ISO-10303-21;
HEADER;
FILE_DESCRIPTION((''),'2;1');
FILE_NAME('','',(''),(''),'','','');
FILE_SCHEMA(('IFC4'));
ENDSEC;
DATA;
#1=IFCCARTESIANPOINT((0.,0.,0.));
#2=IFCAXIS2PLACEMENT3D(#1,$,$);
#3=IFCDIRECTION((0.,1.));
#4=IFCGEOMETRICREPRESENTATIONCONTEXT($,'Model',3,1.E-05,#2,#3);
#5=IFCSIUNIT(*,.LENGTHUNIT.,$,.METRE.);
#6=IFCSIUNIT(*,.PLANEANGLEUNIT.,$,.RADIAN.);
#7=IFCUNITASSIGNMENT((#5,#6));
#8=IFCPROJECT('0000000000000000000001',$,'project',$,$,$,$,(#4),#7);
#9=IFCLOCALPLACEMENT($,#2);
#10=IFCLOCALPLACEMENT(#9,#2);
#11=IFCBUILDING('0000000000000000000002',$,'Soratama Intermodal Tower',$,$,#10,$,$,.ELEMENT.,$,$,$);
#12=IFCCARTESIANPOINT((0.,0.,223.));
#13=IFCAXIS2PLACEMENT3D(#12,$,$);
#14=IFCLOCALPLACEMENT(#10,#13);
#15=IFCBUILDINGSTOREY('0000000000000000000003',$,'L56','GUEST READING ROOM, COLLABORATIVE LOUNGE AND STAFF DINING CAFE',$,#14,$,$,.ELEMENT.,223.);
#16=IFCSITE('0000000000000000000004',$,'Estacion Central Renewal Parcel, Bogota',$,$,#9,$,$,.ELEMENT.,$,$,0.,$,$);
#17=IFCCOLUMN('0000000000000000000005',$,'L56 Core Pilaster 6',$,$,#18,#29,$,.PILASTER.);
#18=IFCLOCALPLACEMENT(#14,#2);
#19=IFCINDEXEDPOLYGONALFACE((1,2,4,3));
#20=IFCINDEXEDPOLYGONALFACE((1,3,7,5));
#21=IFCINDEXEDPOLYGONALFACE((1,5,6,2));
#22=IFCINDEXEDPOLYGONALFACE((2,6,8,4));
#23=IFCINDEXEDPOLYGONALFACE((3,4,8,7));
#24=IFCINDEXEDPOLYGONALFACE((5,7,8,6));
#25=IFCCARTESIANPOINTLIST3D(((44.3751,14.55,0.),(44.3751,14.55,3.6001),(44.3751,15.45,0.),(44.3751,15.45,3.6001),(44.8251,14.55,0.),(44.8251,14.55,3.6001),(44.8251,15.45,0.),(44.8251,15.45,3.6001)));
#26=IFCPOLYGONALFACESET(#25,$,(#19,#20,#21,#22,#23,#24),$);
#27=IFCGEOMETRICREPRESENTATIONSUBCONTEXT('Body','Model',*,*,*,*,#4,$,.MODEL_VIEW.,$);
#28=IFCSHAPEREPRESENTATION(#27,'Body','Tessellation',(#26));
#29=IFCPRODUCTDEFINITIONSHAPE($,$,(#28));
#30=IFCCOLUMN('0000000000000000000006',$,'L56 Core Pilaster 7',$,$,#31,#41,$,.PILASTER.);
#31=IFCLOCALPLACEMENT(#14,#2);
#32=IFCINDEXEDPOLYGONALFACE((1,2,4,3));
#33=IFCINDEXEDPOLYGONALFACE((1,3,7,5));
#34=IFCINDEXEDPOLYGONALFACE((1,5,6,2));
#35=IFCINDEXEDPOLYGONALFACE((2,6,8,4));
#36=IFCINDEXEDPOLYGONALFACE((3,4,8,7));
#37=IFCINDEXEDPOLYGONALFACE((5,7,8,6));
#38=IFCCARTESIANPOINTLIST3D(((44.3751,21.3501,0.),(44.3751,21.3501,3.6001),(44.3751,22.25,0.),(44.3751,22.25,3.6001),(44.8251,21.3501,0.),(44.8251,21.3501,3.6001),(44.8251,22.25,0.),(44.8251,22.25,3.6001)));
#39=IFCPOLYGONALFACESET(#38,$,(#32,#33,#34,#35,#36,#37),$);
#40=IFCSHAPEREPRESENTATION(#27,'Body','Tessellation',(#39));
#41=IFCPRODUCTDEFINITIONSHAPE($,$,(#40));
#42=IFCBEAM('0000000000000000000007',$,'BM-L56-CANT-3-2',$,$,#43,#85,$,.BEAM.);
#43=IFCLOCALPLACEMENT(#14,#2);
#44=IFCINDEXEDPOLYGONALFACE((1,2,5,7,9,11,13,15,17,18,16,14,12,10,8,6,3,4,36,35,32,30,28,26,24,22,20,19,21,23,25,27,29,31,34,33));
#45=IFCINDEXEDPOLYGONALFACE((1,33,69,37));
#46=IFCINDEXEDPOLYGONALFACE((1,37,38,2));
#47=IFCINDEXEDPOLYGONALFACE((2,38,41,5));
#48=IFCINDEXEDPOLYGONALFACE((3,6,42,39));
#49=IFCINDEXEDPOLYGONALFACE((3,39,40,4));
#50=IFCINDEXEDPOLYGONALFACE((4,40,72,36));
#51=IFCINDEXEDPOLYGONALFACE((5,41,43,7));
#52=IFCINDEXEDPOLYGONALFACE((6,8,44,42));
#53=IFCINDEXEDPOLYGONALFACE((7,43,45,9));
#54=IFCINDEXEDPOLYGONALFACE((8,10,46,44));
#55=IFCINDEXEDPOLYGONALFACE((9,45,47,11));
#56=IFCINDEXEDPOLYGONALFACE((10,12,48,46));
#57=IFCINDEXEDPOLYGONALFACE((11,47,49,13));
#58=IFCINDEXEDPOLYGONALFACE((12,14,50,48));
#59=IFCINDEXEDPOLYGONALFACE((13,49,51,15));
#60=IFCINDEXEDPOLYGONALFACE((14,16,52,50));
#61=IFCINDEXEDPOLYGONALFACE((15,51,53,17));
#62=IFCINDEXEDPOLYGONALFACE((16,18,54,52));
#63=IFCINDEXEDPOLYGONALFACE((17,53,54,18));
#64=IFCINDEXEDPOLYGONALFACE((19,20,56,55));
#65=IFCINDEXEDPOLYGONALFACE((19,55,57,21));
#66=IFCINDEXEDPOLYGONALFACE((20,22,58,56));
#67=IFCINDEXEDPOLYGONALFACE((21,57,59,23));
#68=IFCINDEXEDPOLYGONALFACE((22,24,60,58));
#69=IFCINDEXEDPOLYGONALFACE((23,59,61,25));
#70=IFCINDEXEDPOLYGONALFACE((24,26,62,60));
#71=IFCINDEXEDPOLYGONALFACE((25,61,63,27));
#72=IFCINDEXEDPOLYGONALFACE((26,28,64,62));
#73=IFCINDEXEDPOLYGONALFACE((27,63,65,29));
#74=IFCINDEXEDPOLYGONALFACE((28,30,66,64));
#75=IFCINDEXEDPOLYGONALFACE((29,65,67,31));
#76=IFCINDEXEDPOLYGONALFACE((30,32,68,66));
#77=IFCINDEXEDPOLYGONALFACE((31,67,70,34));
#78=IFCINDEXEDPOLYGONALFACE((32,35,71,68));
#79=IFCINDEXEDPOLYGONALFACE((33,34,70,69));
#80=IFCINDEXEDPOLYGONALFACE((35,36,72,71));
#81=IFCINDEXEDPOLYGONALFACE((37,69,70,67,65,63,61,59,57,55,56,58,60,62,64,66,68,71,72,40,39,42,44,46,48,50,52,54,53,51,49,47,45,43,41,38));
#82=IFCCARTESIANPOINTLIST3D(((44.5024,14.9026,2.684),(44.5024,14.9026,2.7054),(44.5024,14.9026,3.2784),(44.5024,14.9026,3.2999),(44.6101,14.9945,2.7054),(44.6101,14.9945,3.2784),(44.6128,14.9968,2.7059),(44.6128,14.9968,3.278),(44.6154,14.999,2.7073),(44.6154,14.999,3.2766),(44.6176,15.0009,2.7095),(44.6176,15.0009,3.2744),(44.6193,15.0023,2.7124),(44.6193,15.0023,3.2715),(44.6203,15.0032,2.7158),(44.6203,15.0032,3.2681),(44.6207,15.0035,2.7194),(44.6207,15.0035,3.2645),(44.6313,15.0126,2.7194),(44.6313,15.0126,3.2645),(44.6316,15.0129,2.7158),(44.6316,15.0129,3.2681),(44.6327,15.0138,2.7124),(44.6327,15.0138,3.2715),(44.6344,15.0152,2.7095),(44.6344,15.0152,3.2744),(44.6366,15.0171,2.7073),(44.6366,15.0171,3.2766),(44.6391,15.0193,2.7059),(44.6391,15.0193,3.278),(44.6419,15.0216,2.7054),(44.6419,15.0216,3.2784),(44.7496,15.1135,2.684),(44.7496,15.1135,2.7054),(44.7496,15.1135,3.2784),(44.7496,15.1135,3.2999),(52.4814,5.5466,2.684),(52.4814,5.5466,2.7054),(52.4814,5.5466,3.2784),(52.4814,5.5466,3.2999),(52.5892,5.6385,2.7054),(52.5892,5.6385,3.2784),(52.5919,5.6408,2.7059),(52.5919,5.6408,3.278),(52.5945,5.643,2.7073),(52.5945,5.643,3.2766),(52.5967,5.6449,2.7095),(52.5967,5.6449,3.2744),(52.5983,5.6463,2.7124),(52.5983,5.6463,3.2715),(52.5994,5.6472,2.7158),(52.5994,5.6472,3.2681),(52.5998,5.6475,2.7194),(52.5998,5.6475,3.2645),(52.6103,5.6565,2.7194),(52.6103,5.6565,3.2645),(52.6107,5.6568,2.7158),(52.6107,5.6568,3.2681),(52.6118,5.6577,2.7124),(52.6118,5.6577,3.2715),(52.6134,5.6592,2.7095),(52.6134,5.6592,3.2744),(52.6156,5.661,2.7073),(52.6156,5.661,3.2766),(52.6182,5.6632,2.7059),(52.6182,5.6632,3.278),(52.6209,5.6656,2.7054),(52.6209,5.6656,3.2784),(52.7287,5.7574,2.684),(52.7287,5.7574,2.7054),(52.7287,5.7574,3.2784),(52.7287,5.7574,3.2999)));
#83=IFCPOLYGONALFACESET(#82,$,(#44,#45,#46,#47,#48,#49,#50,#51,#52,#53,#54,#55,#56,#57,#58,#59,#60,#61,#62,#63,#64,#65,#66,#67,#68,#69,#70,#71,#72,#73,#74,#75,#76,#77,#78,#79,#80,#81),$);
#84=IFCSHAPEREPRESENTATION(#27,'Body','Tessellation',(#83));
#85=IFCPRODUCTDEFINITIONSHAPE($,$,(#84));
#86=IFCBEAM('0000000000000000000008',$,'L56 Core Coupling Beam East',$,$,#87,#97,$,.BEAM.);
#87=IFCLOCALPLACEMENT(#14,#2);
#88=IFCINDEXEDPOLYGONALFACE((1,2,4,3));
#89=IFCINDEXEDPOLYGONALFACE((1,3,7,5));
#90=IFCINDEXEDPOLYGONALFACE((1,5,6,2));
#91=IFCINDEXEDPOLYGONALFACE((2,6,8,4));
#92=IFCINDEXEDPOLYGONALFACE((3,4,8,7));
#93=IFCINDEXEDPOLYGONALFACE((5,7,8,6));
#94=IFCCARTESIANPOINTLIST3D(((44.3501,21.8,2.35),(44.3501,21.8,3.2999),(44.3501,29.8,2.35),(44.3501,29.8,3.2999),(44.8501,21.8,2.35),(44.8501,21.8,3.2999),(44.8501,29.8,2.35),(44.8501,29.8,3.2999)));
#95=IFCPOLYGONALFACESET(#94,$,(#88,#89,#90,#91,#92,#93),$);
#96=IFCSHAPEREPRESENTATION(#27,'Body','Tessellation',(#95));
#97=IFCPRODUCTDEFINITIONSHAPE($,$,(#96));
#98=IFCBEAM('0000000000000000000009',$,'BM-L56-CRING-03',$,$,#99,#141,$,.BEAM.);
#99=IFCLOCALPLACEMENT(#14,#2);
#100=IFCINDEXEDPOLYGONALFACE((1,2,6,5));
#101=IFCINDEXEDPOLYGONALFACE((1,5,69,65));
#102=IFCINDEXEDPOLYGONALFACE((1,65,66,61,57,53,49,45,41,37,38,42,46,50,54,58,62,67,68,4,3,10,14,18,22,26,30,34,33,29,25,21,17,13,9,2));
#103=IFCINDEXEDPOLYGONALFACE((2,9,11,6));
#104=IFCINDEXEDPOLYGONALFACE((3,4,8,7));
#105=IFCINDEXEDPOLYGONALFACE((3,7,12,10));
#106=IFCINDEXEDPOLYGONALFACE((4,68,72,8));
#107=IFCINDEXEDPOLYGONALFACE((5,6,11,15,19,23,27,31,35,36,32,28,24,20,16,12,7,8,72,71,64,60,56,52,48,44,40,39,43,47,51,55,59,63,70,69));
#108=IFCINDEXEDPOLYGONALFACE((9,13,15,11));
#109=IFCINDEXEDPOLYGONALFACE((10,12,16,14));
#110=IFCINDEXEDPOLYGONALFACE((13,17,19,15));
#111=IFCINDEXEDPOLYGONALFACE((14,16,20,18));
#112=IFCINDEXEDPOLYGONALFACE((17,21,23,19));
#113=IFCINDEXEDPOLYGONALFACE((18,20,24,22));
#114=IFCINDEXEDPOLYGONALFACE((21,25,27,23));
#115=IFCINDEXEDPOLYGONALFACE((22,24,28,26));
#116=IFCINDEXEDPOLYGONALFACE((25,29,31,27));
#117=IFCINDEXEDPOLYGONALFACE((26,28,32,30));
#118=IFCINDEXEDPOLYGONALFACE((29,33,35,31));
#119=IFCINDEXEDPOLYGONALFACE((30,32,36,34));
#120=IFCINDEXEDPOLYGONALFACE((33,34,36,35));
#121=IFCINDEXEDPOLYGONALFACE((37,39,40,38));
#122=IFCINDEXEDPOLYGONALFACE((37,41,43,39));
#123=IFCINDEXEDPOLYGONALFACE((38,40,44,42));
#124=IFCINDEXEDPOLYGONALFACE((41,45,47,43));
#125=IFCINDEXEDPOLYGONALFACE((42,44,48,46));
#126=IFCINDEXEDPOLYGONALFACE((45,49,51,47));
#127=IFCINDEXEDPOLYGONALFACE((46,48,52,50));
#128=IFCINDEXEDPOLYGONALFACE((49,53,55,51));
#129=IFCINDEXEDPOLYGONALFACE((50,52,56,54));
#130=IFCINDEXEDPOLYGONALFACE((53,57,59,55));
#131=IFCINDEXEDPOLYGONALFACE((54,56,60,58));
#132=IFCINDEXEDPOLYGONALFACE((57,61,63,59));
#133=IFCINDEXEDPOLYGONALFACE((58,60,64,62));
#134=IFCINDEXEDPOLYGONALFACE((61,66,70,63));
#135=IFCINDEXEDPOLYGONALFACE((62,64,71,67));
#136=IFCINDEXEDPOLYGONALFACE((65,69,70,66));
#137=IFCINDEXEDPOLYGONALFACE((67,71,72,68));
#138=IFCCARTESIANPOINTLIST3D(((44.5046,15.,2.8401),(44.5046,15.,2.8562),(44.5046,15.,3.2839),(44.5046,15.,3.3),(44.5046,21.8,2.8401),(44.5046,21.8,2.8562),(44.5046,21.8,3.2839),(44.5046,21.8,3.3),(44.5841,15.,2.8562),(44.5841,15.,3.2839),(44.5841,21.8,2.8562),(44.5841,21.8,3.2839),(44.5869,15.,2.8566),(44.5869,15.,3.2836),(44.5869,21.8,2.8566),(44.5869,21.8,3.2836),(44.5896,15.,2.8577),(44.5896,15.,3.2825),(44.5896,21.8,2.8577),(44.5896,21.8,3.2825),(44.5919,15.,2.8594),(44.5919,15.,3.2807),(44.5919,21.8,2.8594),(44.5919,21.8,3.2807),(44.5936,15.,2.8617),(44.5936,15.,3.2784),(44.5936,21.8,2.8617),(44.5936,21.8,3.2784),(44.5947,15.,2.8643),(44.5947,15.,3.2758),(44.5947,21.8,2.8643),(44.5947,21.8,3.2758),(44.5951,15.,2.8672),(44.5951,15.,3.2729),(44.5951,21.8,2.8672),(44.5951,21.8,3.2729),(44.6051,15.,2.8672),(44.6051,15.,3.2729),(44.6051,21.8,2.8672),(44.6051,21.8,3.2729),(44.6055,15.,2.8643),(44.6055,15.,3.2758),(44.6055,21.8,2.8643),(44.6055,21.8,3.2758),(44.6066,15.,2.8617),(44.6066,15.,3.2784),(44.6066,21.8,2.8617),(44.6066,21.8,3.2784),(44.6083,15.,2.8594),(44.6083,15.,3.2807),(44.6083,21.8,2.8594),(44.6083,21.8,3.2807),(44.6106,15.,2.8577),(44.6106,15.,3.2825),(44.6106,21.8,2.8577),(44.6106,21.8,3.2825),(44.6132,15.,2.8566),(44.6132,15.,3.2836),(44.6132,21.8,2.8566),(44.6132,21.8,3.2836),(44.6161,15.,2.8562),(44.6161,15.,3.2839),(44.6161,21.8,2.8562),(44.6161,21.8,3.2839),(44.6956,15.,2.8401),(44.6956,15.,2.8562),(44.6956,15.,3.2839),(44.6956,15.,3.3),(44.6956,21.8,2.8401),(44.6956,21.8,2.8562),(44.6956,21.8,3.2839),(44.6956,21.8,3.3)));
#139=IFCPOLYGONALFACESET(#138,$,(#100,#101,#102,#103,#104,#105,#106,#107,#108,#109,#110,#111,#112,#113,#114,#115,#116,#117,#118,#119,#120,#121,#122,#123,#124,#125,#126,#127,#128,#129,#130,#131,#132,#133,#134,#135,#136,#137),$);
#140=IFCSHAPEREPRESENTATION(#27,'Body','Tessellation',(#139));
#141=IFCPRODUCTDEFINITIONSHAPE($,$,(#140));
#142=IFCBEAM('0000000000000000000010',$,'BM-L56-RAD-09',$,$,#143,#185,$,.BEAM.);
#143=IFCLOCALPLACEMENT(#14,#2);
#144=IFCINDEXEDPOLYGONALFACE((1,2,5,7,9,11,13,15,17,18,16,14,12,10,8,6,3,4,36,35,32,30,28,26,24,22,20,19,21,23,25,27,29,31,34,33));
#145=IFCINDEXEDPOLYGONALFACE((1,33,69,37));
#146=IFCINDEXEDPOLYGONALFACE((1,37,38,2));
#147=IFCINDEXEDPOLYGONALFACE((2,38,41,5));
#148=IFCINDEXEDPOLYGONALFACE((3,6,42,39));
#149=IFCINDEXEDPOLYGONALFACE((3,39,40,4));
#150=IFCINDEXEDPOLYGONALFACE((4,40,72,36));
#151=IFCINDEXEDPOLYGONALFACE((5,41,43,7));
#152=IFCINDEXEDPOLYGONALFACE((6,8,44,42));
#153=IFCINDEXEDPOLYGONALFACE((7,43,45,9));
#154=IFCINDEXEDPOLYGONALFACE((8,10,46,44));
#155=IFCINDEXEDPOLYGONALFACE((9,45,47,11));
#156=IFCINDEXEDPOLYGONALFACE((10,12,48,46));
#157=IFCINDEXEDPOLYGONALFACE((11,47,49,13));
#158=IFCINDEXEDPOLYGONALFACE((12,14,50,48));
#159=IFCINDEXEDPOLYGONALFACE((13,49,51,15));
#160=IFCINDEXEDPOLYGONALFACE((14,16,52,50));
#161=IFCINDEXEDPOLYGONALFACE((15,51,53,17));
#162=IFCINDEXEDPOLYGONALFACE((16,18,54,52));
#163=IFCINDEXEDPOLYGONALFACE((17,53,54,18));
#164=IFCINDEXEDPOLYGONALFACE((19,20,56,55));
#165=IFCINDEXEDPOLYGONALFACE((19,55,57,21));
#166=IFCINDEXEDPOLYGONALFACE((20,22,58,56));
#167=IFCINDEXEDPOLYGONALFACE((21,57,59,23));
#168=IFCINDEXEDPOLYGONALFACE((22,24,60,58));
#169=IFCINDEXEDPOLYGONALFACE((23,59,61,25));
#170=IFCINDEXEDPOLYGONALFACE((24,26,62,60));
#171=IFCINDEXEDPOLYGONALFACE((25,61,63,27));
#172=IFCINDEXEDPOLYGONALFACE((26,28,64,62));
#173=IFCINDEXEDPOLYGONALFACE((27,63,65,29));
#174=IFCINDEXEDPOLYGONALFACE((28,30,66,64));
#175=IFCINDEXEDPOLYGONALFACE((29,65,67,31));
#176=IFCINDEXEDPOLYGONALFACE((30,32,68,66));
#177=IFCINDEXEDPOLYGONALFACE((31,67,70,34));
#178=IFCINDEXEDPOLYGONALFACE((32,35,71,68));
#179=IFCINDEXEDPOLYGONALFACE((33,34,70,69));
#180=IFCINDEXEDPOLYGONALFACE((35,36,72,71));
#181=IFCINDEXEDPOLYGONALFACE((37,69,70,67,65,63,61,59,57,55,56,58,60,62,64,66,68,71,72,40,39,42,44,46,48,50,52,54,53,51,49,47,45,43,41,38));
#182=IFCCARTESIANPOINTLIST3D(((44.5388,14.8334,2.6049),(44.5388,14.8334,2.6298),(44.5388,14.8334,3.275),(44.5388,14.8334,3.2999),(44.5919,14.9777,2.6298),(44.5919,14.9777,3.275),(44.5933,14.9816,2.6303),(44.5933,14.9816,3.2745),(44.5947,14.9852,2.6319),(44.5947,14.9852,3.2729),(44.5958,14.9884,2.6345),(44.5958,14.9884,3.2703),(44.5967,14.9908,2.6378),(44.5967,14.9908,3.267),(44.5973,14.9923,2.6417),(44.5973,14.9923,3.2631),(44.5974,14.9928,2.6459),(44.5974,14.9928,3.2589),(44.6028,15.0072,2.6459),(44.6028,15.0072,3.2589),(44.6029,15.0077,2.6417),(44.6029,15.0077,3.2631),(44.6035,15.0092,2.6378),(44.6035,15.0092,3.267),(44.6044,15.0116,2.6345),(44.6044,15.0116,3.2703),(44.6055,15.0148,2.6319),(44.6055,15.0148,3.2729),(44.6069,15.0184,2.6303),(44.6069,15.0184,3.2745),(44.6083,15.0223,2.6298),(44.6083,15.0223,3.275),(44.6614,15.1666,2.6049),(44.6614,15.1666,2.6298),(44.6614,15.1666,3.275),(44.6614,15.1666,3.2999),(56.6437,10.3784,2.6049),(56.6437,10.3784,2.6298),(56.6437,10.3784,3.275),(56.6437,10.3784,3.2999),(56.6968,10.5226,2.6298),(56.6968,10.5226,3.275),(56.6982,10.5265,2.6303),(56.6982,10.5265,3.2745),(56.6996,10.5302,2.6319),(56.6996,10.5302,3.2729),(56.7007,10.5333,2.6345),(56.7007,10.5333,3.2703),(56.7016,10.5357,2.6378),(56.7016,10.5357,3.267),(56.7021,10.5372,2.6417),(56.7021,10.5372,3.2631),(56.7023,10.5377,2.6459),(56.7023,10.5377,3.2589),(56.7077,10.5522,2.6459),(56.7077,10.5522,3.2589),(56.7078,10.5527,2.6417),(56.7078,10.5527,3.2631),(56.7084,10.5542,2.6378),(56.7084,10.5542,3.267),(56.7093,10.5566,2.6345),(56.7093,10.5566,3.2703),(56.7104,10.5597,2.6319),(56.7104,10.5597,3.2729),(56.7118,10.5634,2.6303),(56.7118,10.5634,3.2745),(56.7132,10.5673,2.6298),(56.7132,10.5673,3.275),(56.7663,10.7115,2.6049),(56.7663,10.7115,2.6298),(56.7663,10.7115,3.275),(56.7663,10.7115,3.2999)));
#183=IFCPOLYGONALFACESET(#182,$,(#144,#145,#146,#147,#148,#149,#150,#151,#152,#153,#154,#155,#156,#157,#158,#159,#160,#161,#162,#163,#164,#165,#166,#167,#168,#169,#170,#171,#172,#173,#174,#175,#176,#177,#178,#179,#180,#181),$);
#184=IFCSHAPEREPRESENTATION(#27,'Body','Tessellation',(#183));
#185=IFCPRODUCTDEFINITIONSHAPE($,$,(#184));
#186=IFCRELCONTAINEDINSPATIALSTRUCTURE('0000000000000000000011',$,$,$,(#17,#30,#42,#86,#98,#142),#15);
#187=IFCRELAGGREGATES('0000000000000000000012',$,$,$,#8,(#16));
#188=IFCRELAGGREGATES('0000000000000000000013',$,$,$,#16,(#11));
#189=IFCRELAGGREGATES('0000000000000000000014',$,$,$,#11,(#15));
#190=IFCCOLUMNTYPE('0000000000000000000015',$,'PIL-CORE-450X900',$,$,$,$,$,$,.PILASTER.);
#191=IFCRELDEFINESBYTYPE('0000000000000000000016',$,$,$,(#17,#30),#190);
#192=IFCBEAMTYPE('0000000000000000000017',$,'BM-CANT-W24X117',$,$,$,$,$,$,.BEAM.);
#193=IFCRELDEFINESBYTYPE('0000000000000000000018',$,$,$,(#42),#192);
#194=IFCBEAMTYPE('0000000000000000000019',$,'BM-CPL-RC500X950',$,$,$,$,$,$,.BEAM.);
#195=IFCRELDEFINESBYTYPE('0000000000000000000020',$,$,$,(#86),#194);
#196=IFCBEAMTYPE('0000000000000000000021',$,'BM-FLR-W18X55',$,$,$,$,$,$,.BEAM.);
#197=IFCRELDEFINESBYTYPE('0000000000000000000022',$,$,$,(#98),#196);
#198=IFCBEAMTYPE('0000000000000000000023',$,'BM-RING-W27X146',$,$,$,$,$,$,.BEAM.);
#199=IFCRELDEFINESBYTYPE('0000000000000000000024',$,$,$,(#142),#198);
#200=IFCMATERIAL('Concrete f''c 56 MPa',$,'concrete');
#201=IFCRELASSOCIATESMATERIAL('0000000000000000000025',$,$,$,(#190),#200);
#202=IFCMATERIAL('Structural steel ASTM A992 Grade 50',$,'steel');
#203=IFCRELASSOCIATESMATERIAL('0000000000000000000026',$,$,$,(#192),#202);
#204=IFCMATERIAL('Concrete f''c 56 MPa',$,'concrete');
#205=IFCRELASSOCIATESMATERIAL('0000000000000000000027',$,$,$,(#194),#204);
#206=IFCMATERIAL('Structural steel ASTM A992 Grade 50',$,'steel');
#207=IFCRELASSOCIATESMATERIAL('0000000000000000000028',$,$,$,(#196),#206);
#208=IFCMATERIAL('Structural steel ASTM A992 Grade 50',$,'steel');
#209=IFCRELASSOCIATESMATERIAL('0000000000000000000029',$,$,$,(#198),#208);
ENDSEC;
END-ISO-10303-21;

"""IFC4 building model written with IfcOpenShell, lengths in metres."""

from ifc_helpers import new_model, si_unit, direction, frame, origin, origin_2d, place, context, subcontext, project, spatial, rectangle, i_section, extrude, material, material_profile, profile_set, type_object, element, save


model = new_model("IFC4")

# Units and contexts
model_context = context("Model", 3, precision=1e-05, world=origin(), true_north=direction((0.0, 1.0)))
body_context = subcontext(model_context, "Body", "Model", "MODEL_VIEW")
ifc_project = project(units=[si_unit("LENGTHUNIT", "METRE"), si_unit("PLANEANGLEUNIT", "RADIAN")], contexts=[model_context])

# Site, building, storey
site_placement = place(None, origin())
site = spatial("IfcSite", under=ifc_project, at=site_placement, Name="Estacion Central Renewal Parcel, Bogota", CompositionType="ELEMENT", RefElevation=0.0)
building_placement = place(site_placement, origin())
building = spatial("IfcBuilding", under=site, at=building_placement, Name="Soratama Intermodal Tower", CompositionType="ELEMENT")
storey_placement = place(building_placement, frame((0.0, 0.0, 223.0)))
storey = spatial("IfcBuildingStorey", under=building, at=storey_placement, Name="L56", Description="GUEST READING ROOM, COLLABORATIVE LOUNGE AND STAFF DINING CAFE", CompositionType="ELEMENT", Elevation=223.0)

# Columns
ifc_material_1 = material(Name="Concrete f'c 56 MPa", Category="concrete")
ifc_material_profile_1 = material_profile(ifc_material_1, rectangle(XDim=0.45, YDim=0.8999, at=origin_2d()), Name="RC450X900")
ifc_profile_set_1 = profile_set([ifc_material_profile_1], Name="Concrete f'c 56 MPa")
column_type = type_object("IfcColumnType", Name="PIL-CORE-450X900", PredefinedType="PILASTER", material=ifc_profile_set_1)
for number, where, z_axis, x_axis, name in (
    (1, (44.6001, 15.0, 0.0), (0.0, 0.0, 1.0), (1.0, 0.0, 0.0), "L56 Core Pilaster 6"),
    (2, (44.6001, 21.8, 0.0), (0.0, 0.0, 1.0), (1.0, 0.0, 0.0), "L56 Core Pilaster 7"),
):
    element("IfcColumn", number, at=place(storey_placement, frame(where, z_axis=z_axis, x_axis=x_axis)), inside=storey, type_object=column_type, Name=name, PredefinedType="PILASTER", context=body_context, shape_type="SweptSolid", body=[
        extrude(rectangle(XDim=0.45, YDim=0.8999, at=origin_2d()), origin(), (0.0, 0.0, 1.0), 3.6001),
    ])

# Beams
ifc_material_2 = material(Name="Structural steel ASTM A992 Grade 50", Category="steel")
ifc_material_profile_2 = material_profile(ifc_material_2, i_section(OverallWidth=0.325, OverallDepth=0.616, WebThickness=0.0139, FlangeThickness=0.0215, FilletRadius=0.0139, at=origin_2d()), Name="W24X117")
ifc_profile_set_2 = profile_set([ifc_material_profile_2], Name="Structural steel ASTM A992 Grade 50")
beam_type_1 = type_object("IfcBeamType", Name="BM-CANT-W24X117", PredefinedType="BEAM", material=ifc_profile_set_2)
beam_1_placement = place(storey_placement, frame((44.626, 15.0081, 2.9919), z_axis=(0.648896, -0.760877, 0.0), x_axis=(0.760877, 0.648896, 0.0)))
element("IfcBeam", 3, at=beam_1_placement, inside=storey, type_object=beam_type_1, Name="BM-L56-CANT-3-2", PredefinedType="BEAM", context=body_context, shape_type="SweptSolid", body=[
    extrude(i_section(OverallWidth=0.325, OverallDepth=0.616, WebThickness=0.0139, FlangeThickness=0.0215, FilletRadius=0.0139, at=origin_2d()), origin(), (0.0, 0.0, 1.0), 12.2964),
])
ifc_material_3 = material(Name="Concrete f'c 56 MPa", Category="concrete")
ifc_material_profile_3 = material_profile(ifc_material_3, rectangle(XDim=0.5, YDim=0.95, at=origin_2d()), Name="RC500X950")
ifc_profile_set_3 = profile_set([ifc_material_profile_3], Name="Concrete f'c 56 MPa")
beam_type_2 = type_object("IfcBeamType", Name="BM-CPL-RC500X950", PredefinedType="BEAM", material=ifc_profile_set_3)
beam_2_placement = place(storey_placement, frame((44.6001, 21.8, 2.825), z_axis=(0.0, 1.0, 0.0), x_axis=(-1.0, 0.0, 0.0)))
element("IfcBeam", 4, at=beam_2_placement, inside=storey, type_object=beam_type_2, Name="L56 Core Coupling Beam East", PredefinedType="BEAM", context=body_context, shape_type="SweptSolid", body=[
    extrude(rectangle(XDim=0.5, YDim=0.95, at=origin_2d()), origin(), (0.0, 0.0, 1.0), 8.0),
])
ifc_material_4 = material(Name="Structural steel ASTM A992 Grade 50", Category="steel")
ifc_material_profile_4 = material_profile(ifc_material_4, i_section(OverallWidth=0.1909, OverallDepth=0.46, WebThickness=0.01, FlangeThickness=0.0161, FilletRadius=0.011, at=origin_2d()), Name="W18X55")
ifc_profile_set_4 = profile_set([ifc_material_profile_4], Name="Structural steel ASTM A992 Grade 50")
beam_type_3 = type_object("IfcBeamType", Name="BM-FLR-W18X55", PredefinedType="BEAM", material=ifc_profile_set_4)
beam_3_placement = place(storey_placement, frame((44.6001, 15.0, 3.0701), z_axis=(0.0, 1.0, 0.0), x_axis=(-1.0, 0.0, 0.0)))
element("IfcBeam", 5, at=beam_3_placement, inside=storey, type_object=beam_type_3, Name="BM-L56-CRING-03", PredefinedType="BEAM", context=body_context, shape_type="SweptSolid", body=[
    extrude(i_section(OverallWidth=0.1909, OverallDepth=0.46, WebThickness=0.01, FlangeThickness=0.0161, FilletRadius=0.011, at=origin_2d()), origin(), (0.0, 0.0, 1.0), 6.8),
])
ifc_material_5 = material(Name="Structural steel ASTM A992 Grade 50", Category="steel")
ifc_material_profile_5 = material_profile(ifc_material_5, i_section(OverallWidth=0.355, OverallDepth=0.6951, WebThickness=0.0154, FlangeThickness=0.0249, FilletRadius=0.0161, at=origin_2d()), Name="W27X146")
ifc_profile_set_5 = profile_set([ifc_material_profile_5], Name="Structural steel ASTM A992 Grade 50")
beam_type_4 = type_object("IfcBeamType", Name="BM-RING-W27X146", PredefinedType="BEAM", material=ifc_profile_set_5)
beam_4_placement = place(storey_placement, frame((44.6001, 15.0, 2.9524), z_axis=(0.93846, -0.345388, 0.0), x_axis=(0.345388, 0.93846, 0.0)))
element("IfcBeam", 6, at=beam_4_placement, inside=storey, type_object=beam_type_4, Name="BM-L56-RAD-09", PredefinedType="BEAM", context=body_context, shape_type="SweptSolid", body=[
    extrude(i_section(OverallWidth=0.355, OverallDepth=0.6951, WebThickness=0.0154, FlangeThickness=0.0249, FilletRadius=0.0161, at=origin_2d()), origin(), (0.0, 0.0, 1.0), 12.8987),
])

save(model, "model.ifc")
